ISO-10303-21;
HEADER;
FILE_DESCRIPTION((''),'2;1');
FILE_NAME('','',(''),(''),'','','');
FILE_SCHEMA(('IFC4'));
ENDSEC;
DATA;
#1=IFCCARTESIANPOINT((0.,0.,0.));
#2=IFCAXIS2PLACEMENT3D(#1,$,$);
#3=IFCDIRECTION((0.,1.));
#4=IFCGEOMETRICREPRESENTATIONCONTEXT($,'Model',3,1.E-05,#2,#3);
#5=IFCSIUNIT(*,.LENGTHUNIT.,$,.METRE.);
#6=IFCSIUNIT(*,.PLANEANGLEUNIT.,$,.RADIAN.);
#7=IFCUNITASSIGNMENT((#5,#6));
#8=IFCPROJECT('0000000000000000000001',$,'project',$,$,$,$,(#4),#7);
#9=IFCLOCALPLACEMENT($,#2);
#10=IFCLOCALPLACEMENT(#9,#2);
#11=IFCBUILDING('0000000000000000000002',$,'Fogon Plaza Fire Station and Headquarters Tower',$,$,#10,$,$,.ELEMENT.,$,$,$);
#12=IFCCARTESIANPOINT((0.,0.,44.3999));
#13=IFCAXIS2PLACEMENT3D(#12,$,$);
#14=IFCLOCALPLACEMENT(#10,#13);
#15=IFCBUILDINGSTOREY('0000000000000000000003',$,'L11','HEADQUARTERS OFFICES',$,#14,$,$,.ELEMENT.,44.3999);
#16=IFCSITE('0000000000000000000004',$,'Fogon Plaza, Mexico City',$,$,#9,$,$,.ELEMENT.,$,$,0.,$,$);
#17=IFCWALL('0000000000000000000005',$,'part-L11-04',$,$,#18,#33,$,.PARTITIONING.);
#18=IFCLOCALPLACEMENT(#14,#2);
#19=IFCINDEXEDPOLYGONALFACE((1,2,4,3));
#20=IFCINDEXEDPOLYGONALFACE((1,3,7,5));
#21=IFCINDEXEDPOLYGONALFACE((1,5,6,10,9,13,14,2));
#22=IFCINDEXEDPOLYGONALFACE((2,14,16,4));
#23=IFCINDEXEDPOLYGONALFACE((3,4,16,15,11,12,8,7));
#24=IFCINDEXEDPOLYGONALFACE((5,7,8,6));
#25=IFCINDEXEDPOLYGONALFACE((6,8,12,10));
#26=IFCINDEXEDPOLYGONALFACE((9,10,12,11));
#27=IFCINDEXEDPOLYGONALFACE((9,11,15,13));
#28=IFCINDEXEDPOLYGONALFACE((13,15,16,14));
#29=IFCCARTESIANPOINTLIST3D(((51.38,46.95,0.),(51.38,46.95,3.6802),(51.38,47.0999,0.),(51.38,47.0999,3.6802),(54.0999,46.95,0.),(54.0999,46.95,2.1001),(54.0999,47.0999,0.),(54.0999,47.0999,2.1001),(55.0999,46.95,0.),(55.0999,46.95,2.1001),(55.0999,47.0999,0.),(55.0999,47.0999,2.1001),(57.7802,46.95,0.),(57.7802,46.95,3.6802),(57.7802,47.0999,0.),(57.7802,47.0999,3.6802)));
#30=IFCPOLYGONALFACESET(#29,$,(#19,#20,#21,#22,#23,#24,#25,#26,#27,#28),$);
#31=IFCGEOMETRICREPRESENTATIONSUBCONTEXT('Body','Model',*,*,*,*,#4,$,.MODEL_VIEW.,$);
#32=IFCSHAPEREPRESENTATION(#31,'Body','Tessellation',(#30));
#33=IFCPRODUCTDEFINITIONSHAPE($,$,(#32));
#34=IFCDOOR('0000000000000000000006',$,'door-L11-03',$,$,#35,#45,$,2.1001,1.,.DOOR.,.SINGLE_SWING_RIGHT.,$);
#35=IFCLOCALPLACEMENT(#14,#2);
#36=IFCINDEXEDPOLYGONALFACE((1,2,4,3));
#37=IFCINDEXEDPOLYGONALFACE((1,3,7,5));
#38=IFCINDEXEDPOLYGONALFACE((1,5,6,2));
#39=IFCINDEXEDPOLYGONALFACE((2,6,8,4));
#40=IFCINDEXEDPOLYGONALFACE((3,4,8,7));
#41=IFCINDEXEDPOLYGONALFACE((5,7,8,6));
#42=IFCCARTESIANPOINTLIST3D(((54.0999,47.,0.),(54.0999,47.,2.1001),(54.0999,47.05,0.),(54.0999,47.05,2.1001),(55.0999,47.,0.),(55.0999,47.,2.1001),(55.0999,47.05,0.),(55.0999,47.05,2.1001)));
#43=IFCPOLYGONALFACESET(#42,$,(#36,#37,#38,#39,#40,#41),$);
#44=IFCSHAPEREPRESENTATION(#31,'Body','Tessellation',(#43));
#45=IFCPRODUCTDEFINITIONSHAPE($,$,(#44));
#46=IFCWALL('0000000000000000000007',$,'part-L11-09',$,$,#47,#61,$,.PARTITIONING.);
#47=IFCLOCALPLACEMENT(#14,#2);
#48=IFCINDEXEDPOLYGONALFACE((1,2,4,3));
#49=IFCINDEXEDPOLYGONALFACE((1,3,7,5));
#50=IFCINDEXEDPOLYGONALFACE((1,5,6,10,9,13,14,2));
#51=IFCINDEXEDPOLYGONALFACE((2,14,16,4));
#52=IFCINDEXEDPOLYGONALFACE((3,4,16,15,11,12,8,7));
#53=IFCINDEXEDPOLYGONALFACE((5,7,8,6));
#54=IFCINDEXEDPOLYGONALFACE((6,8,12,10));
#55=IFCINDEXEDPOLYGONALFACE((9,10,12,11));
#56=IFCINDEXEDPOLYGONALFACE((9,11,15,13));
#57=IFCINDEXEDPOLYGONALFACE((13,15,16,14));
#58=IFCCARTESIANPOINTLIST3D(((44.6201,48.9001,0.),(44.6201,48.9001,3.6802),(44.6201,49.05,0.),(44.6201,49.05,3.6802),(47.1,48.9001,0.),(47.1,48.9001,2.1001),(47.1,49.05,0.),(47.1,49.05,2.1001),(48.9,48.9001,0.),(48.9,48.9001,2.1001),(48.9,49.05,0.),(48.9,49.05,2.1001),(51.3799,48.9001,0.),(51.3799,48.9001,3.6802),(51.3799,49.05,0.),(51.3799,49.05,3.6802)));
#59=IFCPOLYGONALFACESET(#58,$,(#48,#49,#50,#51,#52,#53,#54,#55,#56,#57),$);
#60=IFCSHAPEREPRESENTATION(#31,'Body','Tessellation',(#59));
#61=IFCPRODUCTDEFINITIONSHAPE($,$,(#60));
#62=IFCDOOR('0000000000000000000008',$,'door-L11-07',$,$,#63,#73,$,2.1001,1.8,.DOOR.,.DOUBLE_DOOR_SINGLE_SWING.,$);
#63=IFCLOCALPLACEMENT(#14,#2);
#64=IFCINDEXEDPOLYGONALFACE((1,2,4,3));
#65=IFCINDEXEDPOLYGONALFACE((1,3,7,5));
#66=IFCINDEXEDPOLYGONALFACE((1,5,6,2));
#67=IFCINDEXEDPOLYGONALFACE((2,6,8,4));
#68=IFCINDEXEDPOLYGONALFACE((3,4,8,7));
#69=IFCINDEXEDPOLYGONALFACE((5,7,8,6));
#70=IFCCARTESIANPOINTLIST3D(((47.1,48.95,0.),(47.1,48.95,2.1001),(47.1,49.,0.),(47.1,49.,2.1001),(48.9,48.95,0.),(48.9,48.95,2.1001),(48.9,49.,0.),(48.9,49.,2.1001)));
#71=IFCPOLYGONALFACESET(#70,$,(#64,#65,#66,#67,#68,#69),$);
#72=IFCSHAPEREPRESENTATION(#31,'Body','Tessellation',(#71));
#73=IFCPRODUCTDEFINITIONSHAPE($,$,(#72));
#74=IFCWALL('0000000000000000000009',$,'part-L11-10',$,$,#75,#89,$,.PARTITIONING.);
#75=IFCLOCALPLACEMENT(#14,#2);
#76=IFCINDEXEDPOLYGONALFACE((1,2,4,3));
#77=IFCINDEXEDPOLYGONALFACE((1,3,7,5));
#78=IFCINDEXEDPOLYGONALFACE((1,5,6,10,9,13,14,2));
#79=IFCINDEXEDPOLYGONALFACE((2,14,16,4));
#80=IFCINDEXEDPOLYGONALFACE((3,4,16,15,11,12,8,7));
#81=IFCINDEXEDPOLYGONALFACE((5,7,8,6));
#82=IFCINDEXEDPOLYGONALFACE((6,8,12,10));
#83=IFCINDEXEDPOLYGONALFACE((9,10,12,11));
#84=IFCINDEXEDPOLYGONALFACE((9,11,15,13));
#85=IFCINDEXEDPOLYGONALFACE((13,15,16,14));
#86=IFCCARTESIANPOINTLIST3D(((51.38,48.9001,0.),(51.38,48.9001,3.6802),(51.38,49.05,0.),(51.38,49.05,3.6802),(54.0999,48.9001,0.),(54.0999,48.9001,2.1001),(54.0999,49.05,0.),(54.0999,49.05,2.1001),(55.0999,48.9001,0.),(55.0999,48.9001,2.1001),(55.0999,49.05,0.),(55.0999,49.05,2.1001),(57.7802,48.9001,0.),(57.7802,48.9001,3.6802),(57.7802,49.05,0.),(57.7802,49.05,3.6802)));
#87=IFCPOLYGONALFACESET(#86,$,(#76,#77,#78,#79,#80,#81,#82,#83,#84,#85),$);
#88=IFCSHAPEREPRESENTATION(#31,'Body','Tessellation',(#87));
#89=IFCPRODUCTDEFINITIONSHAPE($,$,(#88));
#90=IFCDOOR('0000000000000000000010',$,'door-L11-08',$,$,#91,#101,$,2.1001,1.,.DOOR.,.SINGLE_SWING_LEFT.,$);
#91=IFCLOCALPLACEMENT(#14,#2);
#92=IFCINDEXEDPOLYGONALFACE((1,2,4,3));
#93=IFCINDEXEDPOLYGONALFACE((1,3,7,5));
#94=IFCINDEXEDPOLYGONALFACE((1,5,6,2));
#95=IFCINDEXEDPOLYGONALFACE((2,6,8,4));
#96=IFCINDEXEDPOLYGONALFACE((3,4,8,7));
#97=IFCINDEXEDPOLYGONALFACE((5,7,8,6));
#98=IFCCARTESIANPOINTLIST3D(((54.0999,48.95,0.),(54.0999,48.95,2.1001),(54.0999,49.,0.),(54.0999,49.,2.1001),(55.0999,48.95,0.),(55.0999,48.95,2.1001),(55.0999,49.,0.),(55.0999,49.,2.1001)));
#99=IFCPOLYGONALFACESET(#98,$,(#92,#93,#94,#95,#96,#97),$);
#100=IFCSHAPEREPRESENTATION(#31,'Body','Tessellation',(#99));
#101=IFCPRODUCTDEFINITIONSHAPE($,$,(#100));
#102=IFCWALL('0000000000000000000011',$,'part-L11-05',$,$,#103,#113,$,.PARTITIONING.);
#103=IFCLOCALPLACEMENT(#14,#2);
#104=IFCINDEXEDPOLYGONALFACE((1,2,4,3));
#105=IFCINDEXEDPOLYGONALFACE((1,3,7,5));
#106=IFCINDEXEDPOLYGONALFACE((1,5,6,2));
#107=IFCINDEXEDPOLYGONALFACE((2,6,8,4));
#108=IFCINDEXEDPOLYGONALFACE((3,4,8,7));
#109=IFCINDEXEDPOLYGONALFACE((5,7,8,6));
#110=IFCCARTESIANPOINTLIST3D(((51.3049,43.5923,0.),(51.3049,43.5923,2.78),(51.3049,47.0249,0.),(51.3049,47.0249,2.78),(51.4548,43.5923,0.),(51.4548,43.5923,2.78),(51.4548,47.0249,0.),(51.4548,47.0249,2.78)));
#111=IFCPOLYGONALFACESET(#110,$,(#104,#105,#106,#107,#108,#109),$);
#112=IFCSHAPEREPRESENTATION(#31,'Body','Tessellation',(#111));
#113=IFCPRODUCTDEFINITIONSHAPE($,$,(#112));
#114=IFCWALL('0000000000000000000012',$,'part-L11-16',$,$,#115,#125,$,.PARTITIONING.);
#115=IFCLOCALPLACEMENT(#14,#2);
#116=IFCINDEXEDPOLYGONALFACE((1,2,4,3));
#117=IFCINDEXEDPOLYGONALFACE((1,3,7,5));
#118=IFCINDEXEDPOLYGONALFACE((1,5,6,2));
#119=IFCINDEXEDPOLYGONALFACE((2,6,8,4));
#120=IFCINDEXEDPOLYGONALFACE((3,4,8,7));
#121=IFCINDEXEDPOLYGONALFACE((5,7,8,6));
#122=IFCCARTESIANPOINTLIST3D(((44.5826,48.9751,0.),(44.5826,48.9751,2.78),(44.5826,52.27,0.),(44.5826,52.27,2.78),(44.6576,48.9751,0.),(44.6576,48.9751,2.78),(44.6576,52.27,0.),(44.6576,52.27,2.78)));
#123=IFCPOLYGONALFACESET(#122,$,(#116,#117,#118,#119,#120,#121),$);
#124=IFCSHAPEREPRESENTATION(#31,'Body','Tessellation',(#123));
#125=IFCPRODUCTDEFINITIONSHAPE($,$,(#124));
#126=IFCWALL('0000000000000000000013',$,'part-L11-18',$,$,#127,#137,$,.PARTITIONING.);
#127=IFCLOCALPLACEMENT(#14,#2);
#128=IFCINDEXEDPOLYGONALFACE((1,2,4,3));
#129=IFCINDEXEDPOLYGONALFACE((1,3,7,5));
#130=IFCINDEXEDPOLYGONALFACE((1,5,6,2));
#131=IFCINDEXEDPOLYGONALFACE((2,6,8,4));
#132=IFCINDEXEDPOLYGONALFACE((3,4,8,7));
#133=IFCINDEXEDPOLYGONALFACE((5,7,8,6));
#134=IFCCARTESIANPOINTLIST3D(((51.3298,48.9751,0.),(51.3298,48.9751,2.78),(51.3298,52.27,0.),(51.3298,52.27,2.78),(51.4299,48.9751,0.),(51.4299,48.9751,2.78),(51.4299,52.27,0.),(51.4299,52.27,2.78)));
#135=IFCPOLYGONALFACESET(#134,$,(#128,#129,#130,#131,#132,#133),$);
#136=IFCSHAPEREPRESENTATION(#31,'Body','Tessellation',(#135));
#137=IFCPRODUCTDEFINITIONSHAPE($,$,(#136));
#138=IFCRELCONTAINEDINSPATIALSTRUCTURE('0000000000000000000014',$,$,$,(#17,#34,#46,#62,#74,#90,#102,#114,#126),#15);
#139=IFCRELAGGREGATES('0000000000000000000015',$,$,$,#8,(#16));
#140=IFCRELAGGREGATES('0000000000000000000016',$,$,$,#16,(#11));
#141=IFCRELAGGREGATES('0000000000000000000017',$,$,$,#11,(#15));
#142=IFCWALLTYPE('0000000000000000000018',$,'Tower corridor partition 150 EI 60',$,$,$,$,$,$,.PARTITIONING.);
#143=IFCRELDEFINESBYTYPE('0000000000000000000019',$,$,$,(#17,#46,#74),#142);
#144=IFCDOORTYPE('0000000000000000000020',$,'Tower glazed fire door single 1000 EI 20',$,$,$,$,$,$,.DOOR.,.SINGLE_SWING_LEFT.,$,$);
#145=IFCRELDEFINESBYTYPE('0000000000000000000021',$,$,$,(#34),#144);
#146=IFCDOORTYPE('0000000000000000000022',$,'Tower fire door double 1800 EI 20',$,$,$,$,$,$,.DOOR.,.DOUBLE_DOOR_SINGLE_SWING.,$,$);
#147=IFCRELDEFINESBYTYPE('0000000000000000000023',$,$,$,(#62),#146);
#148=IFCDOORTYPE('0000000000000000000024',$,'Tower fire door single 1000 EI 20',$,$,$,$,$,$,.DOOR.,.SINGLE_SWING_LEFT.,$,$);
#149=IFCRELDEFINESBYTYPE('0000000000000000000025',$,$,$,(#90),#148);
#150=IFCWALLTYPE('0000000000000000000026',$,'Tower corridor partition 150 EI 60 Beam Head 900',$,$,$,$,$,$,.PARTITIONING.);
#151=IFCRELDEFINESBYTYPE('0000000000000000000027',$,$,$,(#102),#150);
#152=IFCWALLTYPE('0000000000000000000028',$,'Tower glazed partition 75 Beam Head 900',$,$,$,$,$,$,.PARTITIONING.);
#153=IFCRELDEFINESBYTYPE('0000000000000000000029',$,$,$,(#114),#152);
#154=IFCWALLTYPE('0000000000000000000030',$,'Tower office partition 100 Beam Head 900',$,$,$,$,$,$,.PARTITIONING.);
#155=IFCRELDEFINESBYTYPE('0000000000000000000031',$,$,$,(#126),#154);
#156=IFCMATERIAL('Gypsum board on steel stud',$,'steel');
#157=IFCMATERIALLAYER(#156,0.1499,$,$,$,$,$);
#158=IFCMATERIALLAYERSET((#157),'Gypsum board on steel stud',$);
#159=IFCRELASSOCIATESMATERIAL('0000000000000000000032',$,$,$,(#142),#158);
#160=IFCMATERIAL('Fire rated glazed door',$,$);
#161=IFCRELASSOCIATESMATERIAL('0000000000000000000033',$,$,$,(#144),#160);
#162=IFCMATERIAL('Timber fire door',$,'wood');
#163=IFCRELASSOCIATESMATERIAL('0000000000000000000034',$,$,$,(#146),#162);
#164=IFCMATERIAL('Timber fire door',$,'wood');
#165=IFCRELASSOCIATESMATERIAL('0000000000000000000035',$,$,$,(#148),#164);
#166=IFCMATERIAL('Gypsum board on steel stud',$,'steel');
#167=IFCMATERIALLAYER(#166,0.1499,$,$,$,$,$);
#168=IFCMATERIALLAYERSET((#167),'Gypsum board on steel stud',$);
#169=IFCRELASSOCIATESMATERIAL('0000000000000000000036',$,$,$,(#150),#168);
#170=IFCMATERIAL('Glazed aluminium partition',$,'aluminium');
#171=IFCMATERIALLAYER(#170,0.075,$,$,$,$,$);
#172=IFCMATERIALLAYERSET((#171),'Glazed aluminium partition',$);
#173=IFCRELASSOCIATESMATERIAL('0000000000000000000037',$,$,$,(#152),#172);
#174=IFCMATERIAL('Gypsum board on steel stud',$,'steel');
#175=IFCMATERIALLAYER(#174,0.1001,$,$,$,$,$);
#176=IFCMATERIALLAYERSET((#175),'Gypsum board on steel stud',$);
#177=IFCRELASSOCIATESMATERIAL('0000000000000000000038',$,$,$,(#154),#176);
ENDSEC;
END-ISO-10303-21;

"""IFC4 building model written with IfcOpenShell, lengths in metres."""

from ifc_helpers import new_model, si_unit, direction, frame, frame_2d, origin, place, context, subcontext, project, spatial, rectangle, extrude, material, layer, layer_set, type_object, element, fill, save


model = new_model("IFC4")

# Units and contexts
model_context = context("Model", 3, precision=1e-05, world=origin(), true_north=direction((0.0, 1.0)))
body_context = subcontext(model_context, "Body", "Model", "MODEL_VIEW")
ifc_project = project(units=[si_unit("LENGTHUNIT", "METRE"), si_unit("PLANEANGLEUNIT", "RADIAN")], contexts=[model_context])

# Site, building, storey
site_placement = place(None, origin())
site = spatial("IfcSite", under=ifc_project, at=site_placement, Name="Fogon Plaza, Mexico City", CompositionType="ELEMENT", RefElevation=0.0)
building_placement = place(site_placement, origin())
building = spatial("IfcBuilding", under=site, at=building_placement, Name="Fogon Plaza Fire Station and Headquarters Tower", CompositionType="ELEMENT")
storey_placement = place(building_placement, frame((0.0, 0.0, 44.3999)))
storey = spatial("IfcBuildingStorey", under=building, at=storey_placement, Name="L11", Description="HEADQUARTERS OFFICES", CompositionType="ELEMENT", Elevation=44.3999)

# Walls, openings, doors
ifc_material_1 = material(Name="Gypsum board on steel stud", Category="steel")
ifc_layer_1 = layer(ifc_material_1, 0.1499)
ifc_layer_set_1 = layer_set([ifc_layer_1], Name="Gypsum board on steel stud")
wall_type_1 = type_object("IfcWallType", Name="Tower corridor partition 150 EI 60", PredefinedType="PARTITIONING", material=ifc_layer_set_1)
wall_1_placement = place(storey_placement, frame((51.3799, 47.0249, 0.0), z_axis=(0.0, 0.0, 1.0), x_axis=(1.0, 0.0, 0.0)))
wall_1 = element("IfcWall", 1, at=wall_1_placement, inside=storey, type_object=wall_type_1, Name="part-L11-04", PredefinedType="PARTITIONING", context=body_context, shape_type="SweptSolid", body=[
    extrude(rectangle(XDim=6.4001, YDim=0.1499, at=frame_2d((3.2002, 0.0))), origin(), (0.0, 0.0, 1.0), 3.6802),
])
opening_1_placement = place(wall_1_placement, frame((2.72, 0.0, 0.0)))
opening_1 = element("IfcOpeningElement", 2, at=opening_1_placement, cuts=wall_1, PredefinedType="OPENING", context=body_context, shape_type="SweptSolid", body=[
    extrude(rectangle(XDim=1.0, YDim=2.1001, at=frame_2d((0.5, 1.05))), frame((0.0, 0.085, 0.0), z_axis=(0.0, -1.0, 0.0), x_axis=(1.0, 0.0, 0.0)), (0.0, 0.0, 1.0), 0.1699),
])
ifc_material_2 = material(Name="Fire rated glazed door")
door_type_1 = type_object("IfcDoorType", Name="Tower glazed fire door single 1000 EI 20", OperationType="SINGLE_SWING_LEFT", PredefinedType="DOOR", material=ifc_material_2)
door_1_placement = place(opening_1_placement, frame((1.0, 0.0, 0.0), z_axis=(0.0, 0.0, 1.0), x_axis=(-1.0, 0.0, 0.0)))
door_1 = element("IfcDoor", 3, at=door_1_placement, inside=storey, type_object=door_type_1, Name="door-L11-03", OperationType="SINGLE_SWING_RIGHT", OverallHeight=2.1001, OverallWidth=1.0, PredefinedType="DOOR", context=body_context, shape_type="SweptSolid", body=[
    extrude(rectangle(XDim=1.0, YDim=2.1001, at=frame_2d((0.5, 1.05))), frame((0.0, 0.0249, 0.0), z_axis=(0.0, -1.0, 0.0), x_axis=(1.0, 0.0, 0.0)), (0.0, 0.0, 1.0), 0.05),
])
fill(opening_1, door_1)
wall_2_placement = place(storey_placement, frame((44.6201, 48.9751, 0.0), z_axis=(0.0, 0.0, 1.0), x_axis=(1.0, 0.0, 0.0)))
wall_2 = element("IfcWall", 4, at=wall_2_placement, inside=storey, type_object=wall_type_1, Name="part-L11-09", PredefinedType="PARTITIONING", context=body_context, shape_type="SweptSolid", body=[
    extrude(rectangle(XDim=6.7598, YDim=0.1499, at=frame_2d((3.3799, 0.0))), origin(), (0.0, 0.0, 1.0), 3.6802),
])
opening_2_placement = place(wall_2_placement, frame((2.48, 0.0, 0.0)))
opening_2 = element("IfcOpeningElement", 5, at=opening_2_placement, cuts=wall_2, PredefinedType="OPENING", context=body_context, shape_type="SweptSolid", body=[
    extrude(rectangle(XDim=1.8, YDim=2.1001, at=frame_2d((0.8999, 1.05))), frame((0.0, 0.085, 0.0), z_axis=(0.0, -1.0, 0.0), x_axis=(1.0, 0.0, 0.0)), (0.0, 0.0, 1.0), 0.1699),
])
ifc_material_3 = material(Name="Timber fire door", Category="wood")
door_type_2 = type_object("IfcDoorType", Name="Tower fire door double 1800 EI 20", OperationType="DOUBLE_DOOR_SINGLE_SWING", PredefinedType="DOOR", material=ifc_material_3)
door_2_placement = place(opening_2_placement, origin())
door_2 = element("IfcDoor", 6, at=door_2_placement, inside=storey, type_object=door_type_2, Name="door-L11-07", OperationType="DOUBLE_DOOR_SINGLE_SWING", OverallHeight=2.1001, OverallWidth=1.8, PredefinedType="DOOR", context=body_context, shape_type="SweptSolid", body=[
    extrude(rectangle(XDim=1.8, YDim=2.1001, at=frame_2d((0.8999, 1.05))), frame((0.0, 0.0249, 0.0), z_axis=(0.0, -1.0, 0.0), x_axis=(1.0, 0.0, 0.0)), (0.0, 0.0, 1.0), 0.05),
])
fill(opening_2, door_2)
wall_3_placement = place(storey_placement, frame((51.3799, 48.9751, 0.0), z_axis=(0.0, 0.0, 1.0), x_axis=(1.0, 0.0, 0.0)))
wall_3 = element("IfcWall", 7, at=wall_3_placement, inside=storey, type_object=wall_type_1, Name="part-L11-10", PredefinedType="PARTITIONING", context=body_context, shape_type="SweptSolid", body=[
    extrude(rectangle(XDim=6.4001, YDim=0.1499, at=frame_2d((3.2002, 0.0))), origin(), (0.0, 0.0, 1.0), 3.6802),
])
opening_3_placement = place(wall_3_placement, frame((2.72, 0.0, 0.0)))
opening_3 = element("IfcOpeningElement", 8, at=opening_3_placement, cuts=wall_3, PredefinedType="OPENING", context=body_context, shape_type="SweptSolid", body=[
    extrude(rectangle(XDim=1.0, YDim=2.1001, at=frame_2d((0.5, 1.05))), frame((0.0, 0.085, 0.0), z_axis=(0.0, -1.0, 0.0), x_axis=(1.0, 0.0, 0.0)), (0.0, 0.0, 1.0), 0.1699),
])
ifc_material_4 = material(Name="Timber fire door", Category="wood")
door_type_3 = type_object("IfcDoorType", Name="Tower fire door single 1000 EI 20", OperationType="SINGLE_SWING_LEFT", PredefinedType="DOOR", material=ifc_material_4)
door_3_placement = place(opening_3_placement, origin())
door_3 = element("IfcDoor", 9, at=door_3_placement, inside=storey, type_object=door_type_3, Name="door-L11-08", OperationType="SINGLE_SWING_LEFT", OverallHeight=2.1001, OverallWidth=1.0, PredefinedType="DOOR", context=body_context, shape_type="SweptSolid", body=[
    extrude(rectangle(XDim=1.0, YDim=2.1001, at=frame_2d((0.5, 1.05))), frame((0.0, 0.0249, 0.0), z_axis=(0.0, -1.0, 0.0), x_axis=(1.0, 0.0, 0.0)), (0.0, 0.0, 1.0), 0.05),
])
fill(opening_3, door_3)

# Walls
ifc_material_5 = material(Name="Gypsum board on steel stud", Category="steel")
ifc_layer_2 = layer(ifc_material_5, 0.1499)
ifc_layer_set_2 = layer_set([ifc_layer_2], Name="Gypsum board on steel stud")
wall_type_2 = type_object("IfcWallType", Name="Tower corridor partition 150 EI 60 Beam Head 900", PredefinedType="PARTITIONING", material=ifc_layer_set_2)
wall_4_placement = place(storey_placement, frame((51.3799, 43.5923, 0.0), z_axis=(0.0, 0.0, 1.0), x_axis=(0.0, 1.0, 0.0)))
element("IfcWall", 10, at=wall_4_placement, inside=storey, type_object=wall_type_2, Name="part-L11-05", PredefinedType="PARTITIONING", context=body_context, shape_type="SweptSolid", body=[
    extrude(rectangle(XDim=3.4326, YDim=0.1499, at=frame_2d((1.7163, 0.0))), origin(), (0.0, 0.0, 1.0), 2.78),
])
ifc_material_6 = material(Name="Glazed aluminium partition", Category="aluminium")
ifc_layer_3 = layer(ifc_material_6, 0.075)
ifc_layer_set_3 = layer_set([ifc_layer_3], Name="Glazed aluminium partition")
wall_type_3 = type_object("IfcWallType", Name="Tower glazed partition 75 Beam Head 900", PredefinedType="PARTITIONING", material=ifc_layer_set_3)
wall_5_placement = place(storey_placement, frame((44.6201, 48.9751, 0.0), z_axis=(0.0, 0.0, 1.0), x_axis=(0.0, 1.0, 0.0)))
element("IfcWall", 11, at=wall_5_placement, inside=storey, type_object=wall_type_3, Name="part-L11-16", PredefinedType="PARTITIONING", context=body_context, shape_type="SweptSolid", body=[
    extrude(rectangle(XDim=3.2949, YDim=0.075, at=frame_2d((1.6475, 0.0))), origin(), (0.0, 0.0, 1.0), 2.78),
])
ifc_material_7 = material(Name="Gypsum board on steel stud", Category="steel")
ifc_layer_4 = layer(ifc_material_7, 0.1001)
ifc_layer_set_4 = layer_set([ifc_layer_4], Name="Gypsum board on steel stud")
wall_type_4 = type_object("IfcWallType", Name="Tower office partition 100 Beam Head 900", PredefinedType="PARTITIONING", material=ifc_layer_set_4)
wall_6_placement = place(storey_placement, frame((51.3799, 48.9751, 0.0), z_axis=(0.0, 0.0, 1.0), x_axis=(0.0, 1.0, 0.0)))
element("IfcWall", 12, at=wall_6_placement, inside=storey, type_object=wall_type_4, Name="part-L11-18", PredefinedType="PARTITIONING", context=body_context, shape_type="SweptSolid", body=[
    extrude(rectangle(XDim=3.2949, YDim=0.1001, at=frame_2d((1.6475, 0.0))), origin(), (0.0, 0.0, 1.0), 2.78),
])

save(model, "model.ifc")
